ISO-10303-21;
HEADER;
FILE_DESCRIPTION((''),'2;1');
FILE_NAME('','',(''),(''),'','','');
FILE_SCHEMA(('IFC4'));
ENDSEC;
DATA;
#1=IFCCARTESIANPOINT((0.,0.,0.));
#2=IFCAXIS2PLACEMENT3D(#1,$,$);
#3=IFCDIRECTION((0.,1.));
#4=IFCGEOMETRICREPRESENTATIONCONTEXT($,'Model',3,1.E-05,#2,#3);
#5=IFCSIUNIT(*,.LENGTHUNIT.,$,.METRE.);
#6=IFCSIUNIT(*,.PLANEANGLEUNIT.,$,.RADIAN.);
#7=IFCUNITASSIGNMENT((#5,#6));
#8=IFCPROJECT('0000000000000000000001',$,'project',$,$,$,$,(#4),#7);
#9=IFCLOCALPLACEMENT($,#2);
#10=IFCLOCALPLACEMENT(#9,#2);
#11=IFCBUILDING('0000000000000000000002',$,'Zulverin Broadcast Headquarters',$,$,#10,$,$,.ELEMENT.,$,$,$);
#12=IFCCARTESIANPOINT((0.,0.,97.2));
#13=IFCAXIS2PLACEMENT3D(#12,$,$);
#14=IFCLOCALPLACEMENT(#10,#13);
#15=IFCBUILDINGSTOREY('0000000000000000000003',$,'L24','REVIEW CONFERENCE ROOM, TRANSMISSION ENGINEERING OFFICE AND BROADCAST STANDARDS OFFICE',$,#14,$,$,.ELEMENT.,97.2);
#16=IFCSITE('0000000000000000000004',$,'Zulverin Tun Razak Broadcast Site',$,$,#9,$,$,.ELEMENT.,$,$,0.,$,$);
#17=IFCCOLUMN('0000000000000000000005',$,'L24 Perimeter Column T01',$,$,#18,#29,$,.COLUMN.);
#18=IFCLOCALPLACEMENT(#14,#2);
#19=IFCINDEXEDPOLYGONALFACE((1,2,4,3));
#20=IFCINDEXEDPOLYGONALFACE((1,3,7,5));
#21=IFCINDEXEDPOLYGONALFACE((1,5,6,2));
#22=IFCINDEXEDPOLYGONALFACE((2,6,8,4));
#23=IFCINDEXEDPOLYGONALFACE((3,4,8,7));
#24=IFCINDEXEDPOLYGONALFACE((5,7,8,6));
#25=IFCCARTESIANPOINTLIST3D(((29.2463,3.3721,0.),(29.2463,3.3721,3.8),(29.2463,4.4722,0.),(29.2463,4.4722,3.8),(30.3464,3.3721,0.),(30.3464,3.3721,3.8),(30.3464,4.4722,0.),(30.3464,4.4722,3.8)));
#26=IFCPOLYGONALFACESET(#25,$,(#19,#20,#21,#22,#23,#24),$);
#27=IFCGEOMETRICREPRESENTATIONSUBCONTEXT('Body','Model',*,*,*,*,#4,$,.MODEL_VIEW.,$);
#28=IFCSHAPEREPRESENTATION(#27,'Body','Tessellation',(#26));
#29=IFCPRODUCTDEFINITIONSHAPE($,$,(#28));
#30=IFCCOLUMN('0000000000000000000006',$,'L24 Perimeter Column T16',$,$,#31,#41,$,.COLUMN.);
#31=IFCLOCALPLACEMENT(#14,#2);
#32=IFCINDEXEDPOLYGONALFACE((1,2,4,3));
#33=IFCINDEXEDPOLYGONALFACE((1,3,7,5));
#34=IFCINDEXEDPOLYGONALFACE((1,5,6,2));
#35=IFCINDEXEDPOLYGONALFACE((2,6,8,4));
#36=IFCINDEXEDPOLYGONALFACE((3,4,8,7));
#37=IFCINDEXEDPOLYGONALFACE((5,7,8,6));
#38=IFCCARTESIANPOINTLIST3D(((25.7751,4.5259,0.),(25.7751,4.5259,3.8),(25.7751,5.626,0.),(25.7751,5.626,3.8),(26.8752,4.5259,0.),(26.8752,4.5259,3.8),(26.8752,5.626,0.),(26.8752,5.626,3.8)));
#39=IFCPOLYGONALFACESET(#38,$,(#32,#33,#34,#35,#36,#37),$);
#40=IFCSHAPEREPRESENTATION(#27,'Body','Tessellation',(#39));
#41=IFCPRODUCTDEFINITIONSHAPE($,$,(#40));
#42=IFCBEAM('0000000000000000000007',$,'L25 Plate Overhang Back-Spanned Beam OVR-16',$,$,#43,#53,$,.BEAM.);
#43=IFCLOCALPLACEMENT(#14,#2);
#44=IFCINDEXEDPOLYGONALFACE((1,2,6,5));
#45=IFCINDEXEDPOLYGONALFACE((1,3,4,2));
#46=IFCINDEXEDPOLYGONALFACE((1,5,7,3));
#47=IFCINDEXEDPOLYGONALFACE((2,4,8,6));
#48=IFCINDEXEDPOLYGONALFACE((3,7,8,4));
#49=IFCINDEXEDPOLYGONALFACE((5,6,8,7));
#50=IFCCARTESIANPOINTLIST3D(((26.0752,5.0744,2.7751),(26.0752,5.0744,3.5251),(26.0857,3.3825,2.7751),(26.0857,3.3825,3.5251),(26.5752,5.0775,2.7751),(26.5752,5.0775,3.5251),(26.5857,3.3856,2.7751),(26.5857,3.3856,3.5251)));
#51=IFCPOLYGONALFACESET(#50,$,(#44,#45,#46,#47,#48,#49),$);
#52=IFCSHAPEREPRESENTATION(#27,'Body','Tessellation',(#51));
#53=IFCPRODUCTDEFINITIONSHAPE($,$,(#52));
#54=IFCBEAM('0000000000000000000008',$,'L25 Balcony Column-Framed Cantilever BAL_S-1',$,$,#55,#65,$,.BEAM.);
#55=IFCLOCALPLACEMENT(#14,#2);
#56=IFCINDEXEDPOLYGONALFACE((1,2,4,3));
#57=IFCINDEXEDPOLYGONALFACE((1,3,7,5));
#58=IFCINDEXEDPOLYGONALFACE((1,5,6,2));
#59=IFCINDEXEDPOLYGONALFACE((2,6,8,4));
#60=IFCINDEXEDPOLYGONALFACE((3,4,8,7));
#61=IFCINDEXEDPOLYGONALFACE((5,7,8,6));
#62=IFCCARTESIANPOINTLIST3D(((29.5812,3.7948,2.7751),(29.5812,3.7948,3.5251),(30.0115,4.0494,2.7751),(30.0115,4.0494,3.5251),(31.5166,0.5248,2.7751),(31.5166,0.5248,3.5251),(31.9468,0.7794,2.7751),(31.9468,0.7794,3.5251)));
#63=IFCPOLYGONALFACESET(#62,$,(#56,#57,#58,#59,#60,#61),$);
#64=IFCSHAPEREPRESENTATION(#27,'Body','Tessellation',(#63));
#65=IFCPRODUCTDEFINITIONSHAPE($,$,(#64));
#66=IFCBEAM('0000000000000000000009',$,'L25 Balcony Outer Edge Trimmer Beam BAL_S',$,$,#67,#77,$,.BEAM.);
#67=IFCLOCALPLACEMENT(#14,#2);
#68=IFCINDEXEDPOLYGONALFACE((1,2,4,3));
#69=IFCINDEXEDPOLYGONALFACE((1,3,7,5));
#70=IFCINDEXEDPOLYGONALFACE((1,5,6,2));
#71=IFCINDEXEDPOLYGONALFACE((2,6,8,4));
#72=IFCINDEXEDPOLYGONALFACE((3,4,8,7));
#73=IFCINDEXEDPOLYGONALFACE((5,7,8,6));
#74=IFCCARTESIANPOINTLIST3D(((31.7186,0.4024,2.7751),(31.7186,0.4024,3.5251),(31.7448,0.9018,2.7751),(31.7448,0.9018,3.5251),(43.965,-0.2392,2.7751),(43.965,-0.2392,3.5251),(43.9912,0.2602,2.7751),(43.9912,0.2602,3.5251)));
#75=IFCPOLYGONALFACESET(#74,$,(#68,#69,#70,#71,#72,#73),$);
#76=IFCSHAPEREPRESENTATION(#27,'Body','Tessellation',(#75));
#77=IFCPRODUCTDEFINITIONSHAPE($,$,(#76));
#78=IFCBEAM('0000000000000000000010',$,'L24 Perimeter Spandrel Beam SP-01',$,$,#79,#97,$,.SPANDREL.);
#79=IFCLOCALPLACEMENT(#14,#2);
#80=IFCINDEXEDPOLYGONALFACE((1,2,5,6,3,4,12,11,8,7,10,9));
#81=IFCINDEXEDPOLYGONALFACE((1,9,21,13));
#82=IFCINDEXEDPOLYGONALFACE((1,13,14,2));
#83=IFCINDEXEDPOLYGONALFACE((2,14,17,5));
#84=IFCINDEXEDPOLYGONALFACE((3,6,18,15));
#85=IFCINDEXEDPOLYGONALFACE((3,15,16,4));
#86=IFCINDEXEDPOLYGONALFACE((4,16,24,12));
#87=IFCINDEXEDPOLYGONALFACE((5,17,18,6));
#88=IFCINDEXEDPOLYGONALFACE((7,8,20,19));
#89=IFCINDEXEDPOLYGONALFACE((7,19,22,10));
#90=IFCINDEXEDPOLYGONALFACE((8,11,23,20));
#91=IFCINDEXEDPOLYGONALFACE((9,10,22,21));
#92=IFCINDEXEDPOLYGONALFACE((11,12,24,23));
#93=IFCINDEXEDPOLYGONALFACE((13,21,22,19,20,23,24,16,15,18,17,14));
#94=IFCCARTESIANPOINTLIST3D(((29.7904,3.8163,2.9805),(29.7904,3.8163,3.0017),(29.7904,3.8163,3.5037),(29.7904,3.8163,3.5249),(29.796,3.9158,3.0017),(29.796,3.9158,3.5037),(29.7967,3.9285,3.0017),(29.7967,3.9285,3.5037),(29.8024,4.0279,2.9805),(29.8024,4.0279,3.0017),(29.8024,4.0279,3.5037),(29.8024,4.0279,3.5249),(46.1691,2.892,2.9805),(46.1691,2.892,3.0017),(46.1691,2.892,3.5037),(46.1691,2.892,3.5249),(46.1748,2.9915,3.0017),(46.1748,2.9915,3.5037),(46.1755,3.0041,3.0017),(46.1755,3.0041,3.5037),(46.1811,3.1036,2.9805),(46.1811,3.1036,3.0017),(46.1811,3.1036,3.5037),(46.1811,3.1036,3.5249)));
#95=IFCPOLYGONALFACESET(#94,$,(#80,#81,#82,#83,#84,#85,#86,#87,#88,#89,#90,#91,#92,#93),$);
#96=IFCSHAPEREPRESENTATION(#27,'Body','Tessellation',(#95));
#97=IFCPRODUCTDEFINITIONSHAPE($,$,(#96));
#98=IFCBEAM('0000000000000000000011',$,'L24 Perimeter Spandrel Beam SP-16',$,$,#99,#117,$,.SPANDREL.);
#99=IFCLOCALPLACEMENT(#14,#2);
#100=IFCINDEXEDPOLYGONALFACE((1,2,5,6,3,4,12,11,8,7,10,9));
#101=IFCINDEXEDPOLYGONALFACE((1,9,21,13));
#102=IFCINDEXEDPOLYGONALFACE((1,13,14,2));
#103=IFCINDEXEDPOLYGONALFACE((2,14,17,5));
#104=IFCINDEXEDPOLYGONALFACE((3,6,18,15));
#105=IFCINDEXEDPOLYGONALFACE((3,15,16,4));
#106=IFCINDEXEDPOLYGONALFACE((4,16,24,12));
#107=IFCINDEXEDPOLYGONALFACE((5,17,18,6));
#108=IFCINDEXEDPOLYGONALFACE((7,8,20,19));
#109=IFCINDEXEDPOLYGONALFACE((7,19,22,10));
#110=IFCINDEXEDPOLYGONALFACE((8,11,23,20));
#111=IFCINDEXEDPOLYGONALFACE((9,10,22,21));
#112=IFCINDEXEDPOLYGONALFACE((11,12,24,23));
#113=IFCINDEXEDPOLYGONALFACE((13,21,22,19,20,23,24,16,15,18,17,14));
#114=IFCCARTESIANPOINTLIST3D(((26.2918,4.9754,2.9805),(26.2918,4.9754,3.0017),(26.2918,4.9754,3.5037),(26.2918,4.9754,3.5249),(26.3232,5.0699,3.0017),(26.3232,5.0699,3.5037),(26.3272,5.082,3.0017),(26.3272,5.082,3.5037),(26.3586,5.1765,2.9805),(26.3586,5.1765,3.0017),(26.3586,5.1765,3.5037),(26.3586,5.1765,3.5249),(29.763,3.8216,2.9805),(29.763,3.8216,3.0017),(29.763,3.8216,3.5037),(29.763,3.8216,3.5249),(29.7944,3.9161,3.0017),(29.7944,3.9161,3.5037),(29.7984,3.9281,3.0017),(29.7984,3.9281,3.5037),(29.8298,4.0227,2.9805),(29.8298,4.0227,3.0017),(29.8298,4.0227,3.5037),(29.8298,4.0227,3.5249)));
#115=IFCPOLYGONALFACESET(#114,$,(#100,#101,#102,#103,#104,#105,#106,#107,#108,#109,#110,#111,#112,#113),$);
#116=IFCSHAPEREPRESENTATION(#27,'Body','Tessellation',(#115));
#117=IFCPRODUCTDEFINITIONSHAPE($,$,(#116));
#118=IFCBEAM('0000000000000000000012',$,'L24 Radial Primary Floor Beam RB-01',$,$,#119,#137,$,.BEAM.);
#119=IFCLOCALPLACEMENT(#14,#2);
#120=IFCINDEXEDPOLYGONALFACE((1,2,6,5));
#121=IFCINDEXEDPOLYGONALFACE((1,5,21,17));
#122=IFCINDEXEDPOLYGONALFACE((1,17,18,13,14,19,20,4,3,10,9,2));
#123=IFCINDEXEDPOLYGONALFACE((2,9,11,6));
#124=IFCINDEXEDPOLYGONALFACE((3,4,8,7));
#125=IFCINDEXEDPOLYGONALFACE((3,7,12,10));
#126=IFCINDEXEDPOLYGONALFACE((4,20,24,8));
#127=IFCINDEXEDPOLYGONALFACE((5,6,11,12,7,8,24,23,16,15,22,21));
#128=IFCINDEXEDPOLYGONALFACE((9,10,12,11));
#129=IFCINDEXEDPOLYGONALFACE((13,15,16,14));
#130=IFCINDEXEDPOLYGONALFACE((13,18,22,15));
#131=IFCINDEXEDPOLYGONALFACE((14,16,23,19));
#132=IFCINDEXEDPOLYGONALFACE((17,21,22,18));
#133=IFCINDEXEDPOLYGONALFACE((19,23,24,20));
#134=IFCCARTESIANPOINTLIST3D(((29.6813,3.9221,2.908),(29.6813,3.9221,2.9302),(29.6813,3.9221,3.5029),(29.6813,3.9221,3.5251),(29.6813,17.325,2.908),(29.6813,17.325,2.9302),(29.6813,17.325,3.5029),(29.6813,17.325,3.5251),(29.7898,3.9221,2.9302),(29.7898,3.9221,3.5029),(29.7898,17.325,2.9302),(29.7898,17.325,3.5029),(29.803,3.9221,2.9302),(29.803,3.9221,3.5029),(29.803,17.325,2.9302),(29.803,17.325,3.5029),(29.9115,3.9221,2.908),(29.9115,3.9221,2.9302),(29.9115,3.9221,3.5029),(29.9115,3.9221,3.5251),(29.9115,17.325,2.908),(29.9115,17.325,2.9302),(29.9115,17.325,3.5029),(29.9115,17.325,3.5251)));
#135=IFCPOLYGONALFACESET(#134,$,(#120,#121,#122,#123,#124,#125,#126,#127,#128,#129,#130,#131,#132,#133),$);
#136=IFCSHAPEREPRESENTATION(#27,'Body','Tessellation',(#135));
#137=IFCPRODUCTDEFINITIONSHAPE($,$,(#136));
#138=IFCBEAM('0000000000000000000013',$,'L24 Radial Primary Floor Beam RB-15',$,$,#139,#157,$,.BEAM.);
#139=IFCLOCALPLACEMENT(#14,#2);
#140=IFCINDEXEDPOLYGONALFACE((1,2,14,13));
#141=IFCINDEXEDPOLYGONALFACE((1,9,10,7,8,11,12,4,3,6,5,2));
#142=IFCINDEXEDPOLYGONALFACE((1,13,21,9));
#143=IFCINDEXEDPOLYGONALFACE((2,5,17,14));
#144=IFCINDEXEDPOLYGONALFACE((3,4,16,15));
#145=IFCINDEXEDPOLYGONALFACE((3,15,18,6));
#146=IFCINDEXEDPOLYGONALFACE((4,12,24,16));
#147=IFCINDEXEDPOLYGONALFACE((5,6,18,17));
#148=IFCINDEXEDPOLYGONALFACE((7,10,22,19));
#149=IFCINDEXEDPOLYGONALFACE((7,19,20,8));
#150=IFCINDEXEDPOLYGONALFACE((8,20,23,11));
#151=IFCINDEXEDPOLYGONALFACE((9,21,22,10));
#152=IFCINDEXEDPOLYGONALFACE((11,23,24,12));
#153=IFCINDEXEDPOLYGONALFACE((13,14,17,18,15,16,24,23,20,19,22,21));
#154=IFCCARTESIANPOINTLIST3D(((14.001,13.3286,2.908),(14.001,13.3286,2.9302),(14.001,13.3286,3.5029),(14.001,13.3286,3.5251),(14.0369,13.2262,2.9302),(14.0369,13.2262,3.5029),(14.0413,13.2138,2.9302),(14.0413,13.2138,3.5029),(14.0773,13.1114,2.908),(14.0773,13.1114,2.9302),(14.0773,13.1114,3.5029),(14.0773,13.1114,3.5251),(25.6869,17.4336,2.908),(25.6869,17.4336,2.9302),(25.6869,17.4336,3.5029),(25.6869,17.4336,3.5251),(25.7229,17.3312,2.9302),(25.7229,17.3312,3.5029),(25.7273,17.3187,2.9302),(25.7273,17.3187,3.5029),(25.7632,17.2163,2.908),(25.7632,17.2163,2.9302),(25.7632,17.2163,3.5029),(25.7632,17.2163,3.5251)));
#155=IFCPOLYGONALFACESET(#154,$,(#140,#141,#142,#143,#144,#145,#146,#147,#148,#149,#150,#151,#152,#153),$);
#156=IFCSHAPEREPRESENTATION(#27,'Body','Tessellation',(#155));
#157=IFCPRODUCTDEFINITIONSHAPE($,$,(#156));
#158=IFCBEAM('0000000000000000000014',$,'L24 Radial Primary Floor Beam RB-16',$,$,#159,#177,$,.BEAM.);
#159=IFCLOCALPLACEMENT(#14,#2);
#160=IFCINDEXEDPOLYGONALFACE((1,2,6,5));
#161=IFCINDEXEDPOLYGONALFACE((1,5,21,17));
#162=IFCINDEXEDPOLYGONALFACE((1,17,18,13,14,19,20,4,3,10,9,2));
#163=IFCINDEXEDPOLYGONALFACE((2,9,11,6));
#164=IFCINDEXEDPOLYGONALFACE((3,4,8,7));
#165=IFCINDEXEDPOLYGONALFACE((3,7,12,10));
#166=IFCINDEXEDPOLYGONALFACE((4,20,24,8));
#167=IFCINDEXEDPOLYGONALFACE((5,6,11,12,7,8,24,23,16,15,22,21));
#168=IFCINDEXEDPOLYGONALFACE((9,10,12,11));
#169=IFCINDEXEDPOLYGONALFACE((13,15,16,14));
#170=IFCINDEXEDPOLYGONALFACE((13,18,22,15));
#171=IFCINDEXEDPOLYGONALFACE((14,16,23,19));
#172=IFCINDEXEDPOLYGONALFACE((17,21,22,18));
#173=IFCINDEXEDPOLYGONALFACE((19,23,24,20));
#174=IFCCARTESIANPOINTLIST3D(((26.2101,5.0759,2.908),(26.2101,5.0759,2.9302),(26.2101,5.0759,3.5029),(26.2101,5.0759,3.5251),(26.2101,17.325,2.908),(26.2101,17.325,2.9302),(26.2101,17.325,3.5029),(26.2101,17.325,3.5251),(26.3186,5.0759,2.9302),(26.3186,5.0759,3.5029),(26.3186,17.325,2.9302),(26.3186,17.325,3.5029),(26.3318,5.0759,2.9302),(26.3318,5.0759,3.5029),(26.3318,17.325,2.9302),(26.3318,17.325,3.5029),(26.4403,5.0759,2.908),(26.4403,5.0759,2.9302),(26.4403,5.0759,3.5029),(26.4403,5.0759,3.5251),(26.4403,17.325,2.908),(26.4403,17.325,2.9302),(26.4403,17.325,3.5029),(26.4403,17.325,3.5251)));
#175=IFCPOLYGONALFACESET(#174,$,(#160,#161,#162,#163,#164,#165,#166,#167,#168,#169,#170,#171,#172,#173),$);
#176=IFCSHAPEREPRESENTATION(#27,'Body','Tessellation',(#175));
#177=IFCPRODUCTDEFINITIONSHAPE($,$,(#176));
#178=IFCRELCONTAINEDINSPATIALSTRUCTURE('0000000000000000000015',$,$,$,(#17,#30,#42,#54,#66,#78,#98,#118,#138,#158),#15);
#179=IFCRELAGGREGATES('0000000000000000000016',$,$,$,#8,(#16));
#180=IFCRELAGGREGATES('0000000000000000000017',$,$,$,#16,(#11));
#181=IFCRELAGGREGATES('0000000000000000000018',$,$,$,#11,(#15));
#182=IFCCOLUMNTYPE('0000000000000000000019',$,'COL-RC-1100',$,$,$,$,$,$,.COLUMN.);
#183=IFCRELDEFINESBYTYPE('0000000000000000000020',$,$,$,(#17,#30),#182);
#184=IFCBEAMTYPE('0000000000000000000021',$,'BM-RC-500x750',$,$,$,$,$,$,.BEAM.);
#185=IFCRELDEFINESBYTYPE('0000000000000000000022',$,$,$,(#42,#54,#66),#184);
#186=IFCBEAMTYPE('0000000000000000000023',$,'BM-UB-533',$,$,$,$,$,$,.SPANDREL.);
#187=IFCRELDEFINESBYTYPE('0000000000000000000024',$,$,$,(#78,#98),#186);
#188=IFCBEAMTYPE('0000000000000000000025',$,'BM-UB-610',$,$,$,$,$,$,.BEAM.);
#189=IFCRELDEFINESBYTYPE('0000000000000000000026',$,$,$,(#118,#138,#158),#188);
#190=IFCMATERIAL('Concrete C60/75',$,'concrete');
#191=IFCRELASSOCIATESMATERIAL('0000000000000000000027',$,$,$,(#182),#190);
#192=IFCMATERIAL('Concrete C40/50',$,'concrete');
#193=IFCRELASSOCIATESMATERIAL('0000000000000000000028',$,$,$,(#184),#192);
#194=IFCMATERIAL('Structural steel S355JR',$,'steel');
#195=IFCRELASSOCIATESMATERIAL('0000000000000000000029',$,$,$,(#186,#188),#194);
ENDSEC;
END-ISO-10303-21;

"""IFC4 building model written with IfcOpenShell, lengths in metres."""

from ifc_helpers import new_model, si_unit, direction, frame, origin, origin_2d, place, context, subcontext, project, spatial, rectangle, i_section, extrude, material, material_profile, profile_set, type_object, element, save


model = new_model("IFC4")

# Units and contexts
model_context = context("Model", 3, precision=1e-05, world=origin(), true_north=direction((0.0, 1.0)))
body_context = subcontext(model_context, "Body", "Model", "MODEL_VIEW")
ifc_project = project(units=[si_unit("LENGTHUNIT", "METRE"), si_unit("PLANEANGLEUNIT", "RADIAN")], contexts=[model_context])

# Site, building, storey
site_placement = place(None, origin())
site = spatial("IfcSite", under=ifc_project, at=site_placement, Name="Zulverin Tun Razak Broadcast Site", CompositionType="ELEMENT", RefElevation=0.0)
building_placement = place(site_placement, origin())
building = spatial("IfcBuilding", under=site, at=building_placement, Name="Zulverin Broadcast Headquarters", CompositionType="ELEMENT")
storey_placement = place(building_placement, frame((0.0, 0.0, 97.2)))
storey = spatial("IfcBuildingStorey", under=building, at=storey_placement, Name="L24", Description="REVIEW CONFERENCE ROOM, TRANSMISSION ENGINEERING OFFICE AND BROADCAST STANDARDS OFFICE", CompositionType="ELEMENT", Elevation=97.2)

# Columns
ifc_material_1 = material(Name="Concrete C60/75", Category="concrete")
ifc_material_profile_1 = material_profile(ifc_material_1, rectangle(XDim=1.1001, YDim=1.1001, at=origin_2d()), Name="Concrete C60/75", Category="concrete")
ifc_profile_set_1 = profile_set([ifc_material_profile_1], Name="Concrete C60/75")
column_type = type_object("IfcColumnType", Name="COL-RC-1100", PredefinedType="COLUMN", material=ifc_profile_set_1)
for number, where, z_axis, x_axis, name in (
    (1, (29.7964, 3.9221, 0.0), (0.0, 0.0, 1.0), (1.0, 0.0, 0.0), "L24 Perimeter Column T01"),
    (2, (26.3252, 5.0759, 0.0), (0.0, 0.0, 1.0), (1.0, 0.0, 0.0), "L24 Perimeter Column T16"),
):
    element("IfcColumn", number, at=place(storey_placement, frame(where, z_axis=z_axis, x_axis=x_axis)), inside=storey, type_object=column_type, Name=name, PredefinedType="COLUMN", context=body_context, shape_type="SweptSolid", body=[
        extrude(rectangle(XDim=1.1001, YDim=1.1001, at=origin_2d()), origin(), (0.0, 0.0, 1.0), 3.8),
    ])

# Beams
ifc_material_2 = material(Name="Concrete C40/50", Category="concrete")
ifc_material_profile_2 = material_profile(ifc_material_2, rectangle(XDim=0.5, YDim=0.75, at=origin_2d()), Name="Concrete C40/50", Category="concrete")
ifc_profile_set_2 = profile_set([ifc_material_profile_2], Name="Concrete C40/50")
beam_type_1 = type_object("IfcBeamType", Name="BM-RC-500x750", PredefinedType="BEAM", material=ifc_profile_set_2)
beam_1_placement = place(storey_placement, frame((26.3252, 5.0759, 3.1501), z_axis=(0.006205, -0.999981, 0.0), x_axis=(0.999981, 0.006205, 0.0)))
element("IfcBeam", 3, at=beam_1_placement, inside=storey, type_object=beam_type_1, Name="L25 Plate Overhang Back-Spanned Beam OVR-16", PredefinedType="BEAM", context=body_context, shape_type="SweptSolid", body=[
    extrude(rectangle(XDim=0.5, YDim=0.75, at=origin_2d()), origin(), (0.0, 0.0, 1.0), 1.6919),
])
beam_2_placement = place(storey_placement, frame((29.7964, 3.9221, 3.1501), z_axis=(0.509318, -0.860578, 0.0), x_axis=(0.860578, 0.509318, 0.0)))
element("IfcBeam", 4, at=beam_2_placement, inside=storey, type_object=beam_type_1, Name="L25 Balcony Column-Framed Cantilever BAL_S-1", PredefinedType="BEAM", context=body_context, shape_type="SweptSolid", body=[
    extrude(rectangle(XDim=0.5, YDim=0.75, at=origin_2d()), origin(), (0.0, 0.0, 1.0), 3.7998),
])
beam_3_placement = place(storey_placement, frame((31.7317, 0.6521, 3.1501), z_axis=(0.99863, -0.05232, 0.0), x_axis=(0.05232, 0.99863, 0.0)))
element("IfcBeam", 5, at=beam_3_placement, inside=storey, type_object=beam_type_1, Name="L25 Balcony Outer Edge Trimmer Beam BAL_S", PredefinedType="BEAM", context=body_context, shape_type="SweptSolid", body=[
    extrude(rectangle(XDim=0.5, YDim=0.75, at=origin_2d()), origin(), (0.0, 0.0, 1.0), 12.2632),
])
ifc_material_3 = material(Name="Structural steel S355JR", Category="steel")
ifc_material_profile_3 = material_profile(ifc_material_3, i_section(OverallWidth=0.2119, OverallDepth=0.5444, WebThickness=0.0127, FlangeThickness=0.0212, at=origin_2d()), Name="Structural steel S355JR", Category="steel")
ifc_profile_set_3 = profile_set([ifc_material_profile_3], Name="Structural steel S355JR")
beam_type_2 = type_object("IfcBeamType", Name="BM-UB-533", PredefinedType="SPANDREL", material=ifc_profile_set_3)
beam_4_placement = place(storey_placement, frame((29.7964, 3.9221, 3.2527), z_axis=(0.998411, -0.056345, 0.0), x_axis=(0.056345, 0.998411, 0.0)))
element("IfcBeam", 6, at=beam_4_placement, inside=storey, type_object=beam_type_2, Name="L24 Perimeter Spandrel Beam SP-01", PredefinedType="SPANDREL", context=body_context, shape_type="SweptSolid", body=[
    extrude(i_section(OverallWidth=0.2119, OverallDepth=0.5444, WebThickness=0.0127, FlangeThickness=0.0212, at=origin_2d()), origin(), (0.0, 0.0, 1.0), 16.4048),
])
beam_5_placement = place(storey_placement, frame((26.3252, 5.0759, 3.2527), z_axis=(0.94895, -0.315427, 0.0), x_axis=(0.315427, 0.94895, 0.0)))
element("IfcBeam", 7, at=beam_5_placement, inside=storey, type_object=beam_type_2, Name="L24 Perimeter Spandrel Beam SP-16", PredefinedType="SPANDREL", context=body_context, shape_type="SweptSolid", body=[
    extrude(i_section(OverallWidth=0.2119, OverallDepth=0.5444, WebThickness=0.0127, FlangeThickness=0.0212, at=origin_2d()), origin(), (0.0, 0.0, 1.0), 3.658),
])
ifc_material_profile_4 = material_profile(ifc_material_3, i_section(OverallWidth=0.2302, OverallDepth=0.6172, WebThickness=0.0132, FlangeThickness=0.0222, at=origin_2d()), Name="Structural steel S355JR", Category="steel")
ifc_profile_set_4 = profile_set([ifc_material_profile_4], Name="Structural steel S355JR")
beam_type_3 = type_object("IfcBeamType", Name="BM-UB-610", PredefinedType="BEAM", material=ifc_profile_set_4)
beam_6_placement = place(storey_placement, frame((29.7964, 17.325, 3.2166), z_axis=(0.0, -1.0, 0.0), x_axis=(1.0, 0.0, 0.0)))
element("IfcBeam", 8, at=beam_6_placement, inside=storey, type_object=beam_type_3, Name="L24 Radial Primary Floor Beam RB-01", PredefinedType="BEAM", context=body_context, shape_type="SweptSolid", body=[
    extrude(i_section(OverallWidth=0.2302, OverallDepth=0.6172, WebThickness=0.0132, FlangeThickness=0.0222, at=origin_2d()), origin(), (0.0, 0.0, 1.0), 13.4028),
])
beam_7_placement = place(storey_placement, frame((25.7251, 17.325, 3.2166), z_axis=(-0.943483, -0.33142, 0.0), x_axis=(0.33142, -0.943483, 0.0)))
element("IfcBeam", 9, at=beam_7_placement, inside=storey, type_object=beam_type_3, Name="L24 Radial Primary Floor Beam RB-15", PredefinedType="BEAM", context=body_context, shape_type="SweptSolid", body=[
    extrude(i_section(OverallWidth=0.2302, OverallDepth=0.6172, WebThickness=0.0132, FlangeThickness=0.0222, at=origin_2d()), origin(), (0.0, 0.0, 1.0), 12.386),
])
beam_8_placement = place(storey_placement, frame((26.3252, 17.325, 3.2166), z_axis=(0.0, -1.0, 0.0), x_axis=(1.0, 0.0, 0.0)))
element("IfcBeam", 10, at=beam_8_placement, inside=storey, type_object=beam_type_3, Name="L24 Radial Primary Floor Beam RB-16", PredefinedType="BEAM", context=body_context, shape_type="SweptSolid", body=[
    extrude(i_section(OverallWidth=0.2302, OverallDepth=0.6172, WebThickness=0.0132, FlangeThickness=0.0222, at=origin_2d()), origin(), (0.0, 0.0, 1.0), 12.249),
])

save(model, "model.ifc")
